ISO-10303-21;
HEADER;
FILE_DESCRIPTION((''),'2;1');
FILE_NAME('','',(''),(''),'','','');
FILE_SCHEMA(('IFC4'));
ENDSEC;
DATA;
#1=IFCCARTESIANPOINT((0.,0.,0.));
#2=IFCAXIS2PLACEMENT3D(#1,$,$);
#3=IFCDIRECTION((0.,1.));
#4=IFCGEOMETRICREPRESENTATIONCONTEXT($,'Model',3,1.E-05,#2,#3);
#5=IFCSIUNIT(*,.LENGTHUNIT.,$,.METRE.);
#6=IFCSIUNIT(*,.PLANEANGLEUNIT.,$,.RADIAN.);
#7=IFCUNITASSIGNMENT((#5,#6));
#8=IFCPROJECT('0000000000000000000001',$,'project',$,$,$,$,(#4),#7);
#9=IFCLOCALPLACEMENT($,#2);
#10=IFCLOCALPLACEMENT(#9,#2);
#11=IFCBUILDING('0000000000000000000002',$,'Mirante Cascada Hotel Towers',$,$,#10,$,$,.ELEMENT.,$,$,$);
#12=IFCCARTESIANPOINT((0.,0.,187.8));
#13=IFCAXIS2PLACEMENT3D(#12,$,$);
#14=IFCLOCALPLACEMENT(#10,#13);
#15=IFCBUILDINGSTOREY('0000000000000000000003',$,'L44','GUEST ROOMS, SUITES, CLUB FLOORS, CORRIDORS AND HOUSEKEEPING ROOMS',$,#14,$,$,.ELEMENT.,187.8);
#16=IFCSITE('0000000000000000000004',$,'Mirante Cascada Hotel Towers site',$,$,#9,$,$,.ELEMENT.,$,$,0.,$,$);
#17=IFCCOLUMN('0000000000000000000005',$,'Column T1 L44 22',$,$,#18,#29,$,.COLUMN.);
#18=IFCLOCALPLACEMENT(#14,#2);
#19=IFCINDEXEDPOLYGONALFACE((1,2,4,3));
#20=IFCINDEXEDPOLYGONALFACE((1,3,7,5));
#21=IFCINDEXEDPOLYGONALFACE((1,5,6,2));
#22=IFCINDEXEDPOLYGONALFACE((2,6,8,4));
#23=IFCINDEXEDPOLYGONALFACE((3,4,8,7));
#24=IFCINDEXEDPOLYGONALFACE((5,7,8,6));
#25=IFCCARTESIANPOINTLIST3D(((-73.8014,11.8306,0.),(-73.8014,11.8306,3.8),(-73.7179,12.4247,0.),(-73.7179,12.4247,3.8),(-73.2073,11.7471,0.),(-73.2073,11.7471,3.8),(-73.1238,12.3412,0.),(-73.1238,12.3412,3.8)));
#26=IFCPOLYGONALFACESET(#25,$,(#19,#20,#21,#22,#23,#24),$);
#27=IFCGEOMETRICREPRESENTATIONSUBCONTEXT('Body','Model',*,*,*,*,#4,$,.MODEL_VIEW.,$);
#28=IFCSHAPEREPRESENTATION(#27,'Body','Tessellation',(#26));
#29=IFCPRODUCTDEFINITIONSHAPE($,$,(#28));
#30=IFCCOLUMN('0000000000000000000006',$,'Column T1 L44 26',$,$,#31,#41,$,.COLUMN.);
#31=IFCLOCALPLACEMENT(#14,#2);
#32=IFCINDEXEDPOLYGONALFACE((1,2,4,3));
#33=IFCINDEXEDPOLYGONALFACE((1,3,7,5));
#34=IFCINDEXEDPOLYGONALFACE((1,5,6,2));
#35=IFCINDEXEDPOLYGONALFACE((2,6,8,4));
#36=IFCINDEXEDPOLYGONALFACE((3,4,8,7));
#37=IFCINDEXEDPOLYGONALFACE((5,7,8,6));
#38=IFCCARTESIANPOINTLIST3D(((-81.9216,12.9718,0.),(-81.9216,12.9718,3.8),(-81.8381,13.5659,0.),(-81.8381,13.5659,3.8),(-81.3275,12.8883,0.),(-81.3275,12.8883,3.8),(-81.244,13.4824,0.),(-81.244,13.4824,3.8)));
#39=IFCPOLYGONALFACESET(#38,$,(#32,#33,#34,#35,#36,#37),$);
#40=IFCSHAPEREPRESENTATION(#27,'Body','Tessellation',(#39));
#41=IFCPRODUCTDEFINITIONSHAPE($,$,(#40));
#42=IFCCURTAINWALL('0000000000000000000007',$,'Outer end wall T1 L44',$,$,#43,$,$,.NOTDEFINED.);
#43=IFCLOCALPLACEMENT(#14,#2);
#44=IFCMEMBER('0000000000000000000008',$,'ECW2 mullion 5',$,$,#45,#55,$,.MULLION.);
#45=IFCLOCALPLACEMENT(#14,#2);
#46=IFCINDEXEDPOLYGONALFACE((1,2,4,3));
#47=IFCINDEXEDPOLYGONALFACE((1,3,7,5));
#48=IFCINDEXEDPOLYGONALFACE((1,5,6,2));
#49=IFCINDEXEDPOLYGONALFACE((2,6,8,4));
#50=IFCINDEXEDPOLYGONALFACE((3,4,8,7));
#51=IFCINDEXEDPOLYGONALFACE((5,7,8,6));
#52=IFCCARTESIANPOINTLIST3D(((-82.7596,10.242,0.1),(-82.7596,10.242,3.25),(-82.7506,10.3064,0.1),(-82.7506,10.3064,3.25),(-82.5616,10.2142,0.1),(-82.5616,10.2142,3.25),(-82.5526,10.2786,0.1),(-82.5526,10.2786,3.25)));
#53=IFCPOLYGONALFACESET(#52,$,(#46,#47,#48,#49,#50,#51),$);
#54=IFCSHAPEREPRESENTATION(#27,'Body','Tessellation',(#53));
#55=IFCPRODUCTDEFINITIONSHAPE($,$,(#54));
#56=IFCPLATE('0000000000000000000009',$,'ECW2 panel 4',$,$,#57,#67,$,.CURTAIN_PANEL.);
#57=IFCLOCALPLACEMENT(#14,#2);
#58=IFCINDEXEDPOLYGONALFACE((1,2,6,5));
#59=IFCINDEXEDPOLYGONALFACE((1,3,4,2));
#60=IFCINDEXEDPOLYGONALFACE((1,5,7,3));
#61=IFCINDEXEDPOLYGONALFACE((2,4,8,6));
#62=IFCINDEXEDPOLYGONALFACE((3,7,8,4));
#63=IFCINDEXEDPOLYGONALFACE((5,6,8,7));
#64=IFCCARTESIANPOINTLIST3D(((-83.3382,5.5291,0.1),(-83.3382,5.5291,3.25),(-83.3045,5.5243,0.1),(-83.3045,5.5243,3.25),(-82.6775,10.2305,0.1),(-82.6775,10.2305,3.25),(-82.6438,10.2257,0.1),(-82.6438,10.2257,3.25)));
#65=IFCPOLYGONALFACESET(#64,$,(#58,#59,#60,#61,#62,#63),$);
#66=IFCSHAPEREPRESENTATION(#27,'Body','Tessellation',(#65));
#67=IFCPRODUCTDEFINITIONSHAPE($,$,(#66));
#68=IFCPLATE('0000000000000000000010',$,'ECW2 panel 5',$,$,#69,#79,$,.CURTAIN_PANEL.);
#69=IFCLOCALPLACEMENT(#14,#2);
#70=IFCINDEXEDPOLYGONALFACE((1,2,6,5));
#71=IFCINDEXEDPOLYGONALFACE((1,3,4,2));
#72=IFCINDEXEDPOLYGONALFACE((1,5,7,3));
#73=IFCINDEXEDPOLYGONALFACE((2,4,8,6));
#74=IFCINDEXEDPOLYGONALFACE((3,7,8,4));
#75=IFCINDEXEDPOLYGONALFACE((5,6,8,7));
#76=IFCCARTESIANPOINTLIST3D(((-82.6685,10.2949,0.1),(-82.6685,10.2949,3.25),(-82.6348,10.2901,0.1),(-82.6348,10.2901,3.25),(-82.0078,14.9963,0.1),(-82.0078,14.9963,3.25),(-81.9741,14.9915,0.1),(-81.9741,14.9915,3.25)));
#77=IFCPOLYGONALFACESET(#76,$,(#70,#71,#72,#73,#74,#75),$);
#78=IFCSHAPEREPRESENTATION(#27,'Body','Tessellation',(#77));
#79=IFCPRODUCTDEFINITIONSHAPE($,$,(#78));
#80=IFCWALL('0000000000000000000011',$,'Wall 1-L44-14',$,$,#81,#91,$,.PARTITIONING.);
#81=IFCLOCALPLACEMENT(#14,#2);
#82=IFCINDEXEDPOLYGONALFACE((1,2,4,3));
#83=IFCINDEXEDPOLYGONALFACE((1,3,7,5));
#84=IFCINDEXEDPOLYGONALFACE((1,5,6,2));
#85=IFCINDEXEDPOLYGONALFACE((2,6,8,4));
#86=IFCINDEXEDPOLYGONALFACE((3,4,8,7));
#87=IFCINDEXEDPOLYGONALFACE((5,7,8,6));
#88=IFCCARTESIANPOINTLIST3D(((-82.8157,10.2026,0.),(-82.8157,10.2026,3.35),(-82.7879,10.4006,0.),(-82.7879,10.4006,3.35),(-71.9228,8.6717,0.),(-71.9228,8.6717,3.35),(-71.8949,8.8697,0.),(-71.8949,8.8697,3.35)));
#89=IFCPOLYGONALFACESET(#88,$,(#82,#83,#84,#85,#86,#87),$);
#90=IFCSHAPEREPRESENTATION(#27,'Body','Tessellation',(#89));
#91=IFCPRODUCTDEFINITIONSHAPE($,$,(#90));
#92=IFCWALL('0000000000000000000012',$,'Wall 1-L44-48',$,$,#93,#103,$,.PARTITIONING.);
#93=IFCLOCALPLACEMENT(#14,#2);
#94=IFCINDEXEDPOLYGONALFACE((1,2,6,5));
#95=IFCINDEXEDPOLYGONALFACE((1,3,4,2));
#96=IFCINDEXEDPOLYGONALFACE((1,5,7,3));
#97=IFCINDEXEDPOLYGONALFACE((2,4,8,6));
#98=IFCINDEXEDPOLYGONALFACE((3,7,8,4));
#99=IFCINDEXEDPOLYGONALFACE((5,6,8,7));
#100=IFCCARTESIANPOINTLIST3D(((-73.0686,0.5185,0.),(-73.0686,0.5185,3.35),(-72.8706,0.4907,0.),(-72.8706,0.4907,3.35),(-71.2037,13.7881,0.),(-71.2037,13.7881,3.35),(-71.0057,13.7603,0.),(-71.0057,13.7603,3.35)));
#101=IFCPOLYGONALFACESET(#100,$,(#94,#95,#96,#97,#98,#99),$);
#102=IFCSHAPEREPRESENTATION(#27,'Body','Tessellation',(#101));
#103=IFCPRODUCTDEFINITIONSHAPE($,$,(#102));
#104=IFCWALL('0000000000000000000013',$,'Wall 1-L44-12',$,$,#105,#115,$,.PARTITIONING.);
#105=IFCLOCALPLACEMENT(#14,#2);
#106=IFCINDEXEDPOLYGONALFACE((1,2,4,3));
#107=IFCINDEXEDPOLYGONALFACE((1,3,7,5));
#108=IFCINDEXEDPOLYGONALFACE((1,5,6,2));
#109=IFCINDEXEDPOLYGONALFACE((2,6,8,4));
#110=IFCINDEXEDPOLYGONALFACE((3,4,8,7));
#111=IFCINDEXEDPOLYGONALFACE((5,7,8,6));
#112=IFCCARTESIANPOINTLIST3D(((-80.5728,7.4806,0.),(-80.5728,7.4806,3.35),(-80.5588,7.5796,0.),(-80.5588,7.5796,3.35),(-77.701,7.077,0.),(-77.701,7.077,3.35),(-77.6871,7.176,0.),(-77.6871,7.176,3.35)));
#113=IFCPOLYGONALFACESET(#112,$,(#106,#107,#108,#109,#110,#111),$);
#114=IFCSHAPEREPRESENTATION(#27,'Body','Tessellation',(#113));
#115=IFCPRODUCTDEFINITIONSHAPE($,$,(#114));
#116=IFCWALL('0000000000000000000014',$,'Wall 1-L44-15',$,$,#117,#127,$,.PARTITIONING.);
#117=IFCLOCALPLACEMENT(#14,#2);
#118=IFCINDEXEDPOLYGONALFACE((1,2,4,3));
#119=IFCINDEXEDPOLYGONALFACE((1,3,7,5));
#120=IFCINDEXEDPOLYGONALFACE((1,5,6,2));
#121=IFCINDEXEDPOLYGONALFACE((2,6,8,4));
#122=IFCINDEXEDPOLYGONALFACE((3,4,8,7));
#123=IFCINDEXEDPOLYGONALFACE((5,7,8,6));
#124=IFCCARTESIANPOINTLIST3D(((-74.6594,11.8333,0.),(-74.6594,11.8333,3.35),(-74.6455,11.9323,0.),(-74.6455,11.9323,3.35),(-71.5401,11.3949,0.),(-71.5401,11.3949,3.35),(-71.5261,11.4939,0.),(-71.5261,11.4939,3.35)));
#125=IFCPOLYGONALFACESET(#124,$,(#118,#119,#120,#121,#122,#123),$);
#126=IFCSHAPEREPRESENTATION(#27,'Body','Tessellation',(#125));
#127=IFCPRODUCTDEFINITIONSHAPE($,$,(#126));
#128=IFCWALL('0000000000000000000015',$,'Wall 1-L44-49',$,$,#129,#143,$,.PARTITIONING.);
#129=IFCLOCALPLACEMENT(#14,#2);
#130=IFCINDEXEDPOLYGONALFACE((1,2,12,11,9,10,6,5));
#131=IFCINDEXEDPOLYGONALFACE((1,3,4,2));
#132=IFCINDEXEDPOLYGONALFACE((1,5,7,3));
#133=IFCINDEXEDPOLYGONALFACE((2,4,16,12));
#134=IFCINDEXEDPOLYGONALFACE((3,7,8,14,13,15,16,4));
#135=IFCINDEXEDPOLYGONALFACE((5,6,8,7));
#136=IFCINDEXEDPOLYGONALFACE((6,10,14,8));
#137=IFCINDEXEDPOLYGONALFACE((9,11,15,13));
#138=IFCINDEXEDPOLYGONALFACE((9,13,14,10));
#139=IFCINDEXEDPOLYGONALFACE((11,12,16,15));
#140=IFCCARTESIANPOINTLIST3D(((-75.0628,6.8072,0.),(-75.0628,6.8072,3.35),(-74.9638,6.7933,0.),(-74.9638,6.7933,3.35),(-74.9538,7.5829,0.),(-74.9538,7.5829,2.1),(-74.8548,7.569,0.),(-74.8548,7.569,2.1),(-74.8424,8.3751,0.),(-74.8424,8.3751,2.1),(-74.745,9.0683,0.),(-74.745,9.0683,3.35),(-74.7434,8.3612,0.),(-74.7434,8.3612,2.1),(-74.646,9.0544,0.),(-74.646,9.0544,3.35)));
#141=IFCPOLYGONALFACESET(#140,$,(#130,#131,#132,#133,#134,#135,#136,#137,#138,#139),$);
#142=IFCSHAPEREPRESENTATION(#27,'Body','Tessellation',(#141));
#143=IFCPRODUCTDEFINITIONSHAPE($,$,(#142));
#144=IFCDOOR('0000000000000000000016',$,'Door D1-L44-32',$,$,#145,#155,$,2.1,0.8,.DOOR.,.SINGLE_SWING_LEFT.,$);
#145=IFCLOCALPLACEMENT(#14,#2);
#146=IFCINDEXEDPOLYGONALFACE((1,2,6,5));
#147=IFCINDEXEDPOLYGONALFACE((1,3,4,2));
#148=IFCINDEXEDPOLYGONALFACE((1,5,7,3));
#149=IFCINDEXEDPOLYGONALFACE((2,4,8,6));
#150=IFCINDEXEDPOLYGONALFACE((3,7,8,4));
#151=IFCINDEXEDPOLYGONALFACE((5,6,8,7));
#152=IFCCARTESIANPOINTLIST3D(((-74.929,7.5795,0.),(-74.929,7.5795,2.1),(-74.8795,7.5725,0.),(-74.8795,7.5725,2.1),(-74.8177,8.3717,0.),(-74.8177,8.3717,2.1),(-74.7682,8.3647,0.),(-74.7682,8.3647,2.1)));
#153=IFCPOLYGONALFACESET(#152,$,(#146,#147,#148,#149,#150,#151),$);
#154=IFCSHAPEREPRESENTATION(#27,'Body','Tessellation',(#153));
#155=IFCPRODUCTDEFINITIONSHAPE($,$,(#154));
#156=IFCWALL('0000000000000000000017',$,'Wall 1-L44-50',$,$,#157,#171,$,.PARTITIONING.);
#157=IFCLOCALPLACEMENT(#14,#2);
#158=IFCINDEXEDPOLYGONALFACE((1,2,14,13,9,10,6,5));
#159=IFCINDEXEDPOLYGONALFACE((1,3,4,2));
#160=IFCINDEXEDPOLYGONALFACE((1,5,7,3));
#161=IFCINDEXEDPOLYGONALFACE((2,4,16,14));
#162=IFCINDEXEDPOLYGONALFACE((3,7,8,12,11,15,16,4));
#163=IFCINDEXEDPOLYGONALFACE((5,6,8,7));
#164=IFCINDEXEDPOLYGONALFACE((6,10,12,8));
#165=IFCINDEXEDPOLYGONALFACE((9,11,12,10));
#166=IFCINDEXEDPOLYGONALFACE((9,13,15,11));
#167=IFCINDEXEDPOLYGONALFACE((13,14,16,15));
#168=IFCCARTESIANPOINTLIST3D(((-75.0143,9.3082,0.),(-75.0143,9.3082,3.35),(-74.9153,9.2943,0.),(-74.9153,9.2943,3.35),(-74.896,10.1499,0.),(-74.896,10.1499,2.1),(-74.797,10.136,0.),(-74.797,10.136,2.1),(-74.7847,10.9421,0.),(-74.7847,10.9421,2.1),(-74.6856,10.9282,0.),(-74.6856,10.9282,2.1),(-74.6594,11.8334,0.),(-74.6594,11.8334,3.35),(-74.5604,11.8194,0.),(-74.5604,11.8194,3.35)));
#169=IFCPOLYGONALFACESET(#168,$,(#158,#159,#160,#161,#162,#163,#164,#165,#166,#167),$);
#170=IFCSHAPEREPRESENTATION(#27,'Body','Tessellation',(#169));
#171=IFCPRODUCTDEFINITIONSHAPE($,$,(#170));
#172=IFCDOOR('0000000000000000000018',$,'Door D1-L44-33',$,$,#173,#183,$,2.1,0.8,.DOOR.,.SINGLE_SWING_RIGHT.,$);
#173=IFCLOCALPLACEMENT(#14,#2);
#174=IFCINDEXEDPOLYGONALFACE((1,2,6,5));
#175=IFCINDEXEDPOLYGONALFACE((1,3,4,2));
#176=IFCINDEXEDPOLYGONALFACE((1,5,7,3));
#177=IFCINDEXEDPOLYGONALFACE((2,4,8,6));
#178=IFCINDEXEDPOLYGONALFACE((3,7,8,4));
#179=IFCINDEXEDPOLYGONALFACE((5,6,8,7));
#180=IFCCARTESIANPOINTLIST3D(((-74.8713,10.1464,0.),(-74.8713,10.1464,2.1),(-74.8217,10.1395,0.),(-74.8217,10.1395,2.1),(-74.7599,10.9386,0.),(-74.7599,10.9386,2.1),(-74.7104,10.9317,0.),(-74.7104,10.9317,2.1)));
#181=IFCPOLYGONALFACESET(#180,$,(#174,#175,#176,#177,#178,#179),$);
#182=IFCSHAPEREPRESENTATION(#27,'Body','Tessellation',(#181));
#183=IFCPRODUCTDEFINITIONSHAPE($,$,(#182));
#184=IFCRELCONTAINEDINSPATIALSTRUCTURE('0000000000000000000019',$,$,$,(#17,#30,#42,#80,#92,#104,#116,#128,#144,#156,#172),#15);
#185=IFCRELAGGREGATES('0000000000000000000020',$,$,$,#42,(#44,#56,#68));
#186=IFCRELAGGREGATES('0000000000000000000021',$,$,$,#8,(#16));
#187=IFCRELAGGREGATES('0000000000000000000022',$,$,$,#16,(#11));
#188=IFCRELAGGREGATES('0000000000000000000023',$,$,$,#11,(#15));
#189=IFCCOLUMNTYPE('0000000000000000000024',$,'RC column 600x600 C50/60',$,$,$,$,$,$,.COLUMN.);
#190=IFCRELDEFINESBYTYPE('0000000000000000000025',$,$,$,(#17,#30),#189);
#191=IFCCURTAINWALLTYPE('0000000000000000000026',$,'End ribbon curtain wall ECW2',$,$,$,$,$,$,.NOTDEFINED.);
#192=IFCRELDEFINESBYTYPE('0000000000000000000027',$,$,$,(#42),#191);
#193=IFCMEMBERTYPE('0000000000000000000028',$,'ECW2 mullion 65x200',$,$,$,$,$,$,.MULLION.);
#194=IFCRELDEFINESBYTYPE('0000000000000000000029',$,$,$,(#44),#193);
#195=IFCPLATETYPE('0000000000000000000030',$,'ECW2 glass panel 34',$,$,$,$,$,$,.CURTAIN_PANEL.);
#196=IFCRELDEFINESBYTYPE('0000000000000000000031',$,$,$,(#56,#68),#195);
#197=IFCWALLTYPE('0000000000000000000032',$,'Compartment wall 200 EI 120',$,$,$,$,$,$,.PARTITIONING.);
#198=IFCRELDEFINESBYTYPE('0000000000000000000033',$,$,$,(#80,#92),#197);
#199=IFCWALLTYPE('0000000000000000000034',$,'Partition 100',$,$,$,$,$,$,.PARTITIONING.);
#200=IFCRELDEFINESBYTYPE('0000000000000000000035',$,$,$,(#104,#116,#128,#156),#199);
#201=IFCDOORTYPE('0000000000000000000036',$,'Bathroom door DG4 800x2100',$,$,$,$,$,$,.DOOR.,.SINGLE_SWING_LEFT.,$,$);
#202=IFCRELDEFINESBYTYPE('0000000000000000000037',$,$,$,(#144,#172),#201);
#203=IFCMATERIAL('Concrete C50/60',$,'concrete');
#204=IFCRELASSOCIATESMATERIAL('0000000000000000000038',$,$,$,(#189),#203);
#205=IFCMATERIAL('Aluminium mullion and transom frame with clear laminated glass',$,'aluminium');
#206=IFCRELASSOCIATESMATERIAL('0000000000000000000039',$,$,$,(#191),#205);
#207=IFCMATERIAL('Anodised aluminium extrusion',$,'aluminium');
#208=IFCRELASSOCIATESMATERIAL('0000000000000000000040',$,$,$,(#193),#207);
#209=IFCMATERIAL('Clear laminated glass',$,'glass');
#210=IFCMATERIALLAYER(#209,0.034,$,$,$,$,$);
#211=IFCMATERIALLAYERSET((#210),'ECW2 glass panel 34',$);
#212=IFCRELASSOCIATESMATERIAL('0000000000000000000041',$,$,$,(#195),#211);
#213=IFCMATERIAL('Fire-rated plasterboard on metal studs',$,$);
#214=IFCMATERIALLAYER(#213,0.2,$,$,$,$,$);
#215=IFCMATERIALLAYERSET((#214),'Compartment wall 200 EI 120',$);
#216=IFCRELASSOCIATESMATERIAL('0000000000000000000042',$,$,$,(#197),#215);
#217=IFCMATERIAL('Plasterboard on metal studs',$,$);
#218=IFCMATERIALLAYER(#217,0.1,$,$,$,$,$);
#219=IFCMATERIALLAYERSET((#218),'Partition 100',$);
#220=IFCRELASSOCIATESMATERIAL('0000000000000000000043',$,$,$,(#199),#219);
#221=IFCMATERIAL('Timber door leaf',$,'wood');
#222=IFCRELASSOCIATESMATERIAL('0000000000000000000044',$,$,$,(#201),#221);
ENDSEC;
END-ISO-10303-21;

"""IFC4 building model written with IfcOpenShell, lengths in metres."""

from ifc_helpers import new_model, si_unit, direction, frame, frame_2d, origin, origin_2d, place, context, subcontext, project, spatial, rectangle, extrude, material, layer, layer_set, material_profile, profile_set, type_object, element, fill, aggregate, save


model = new_model("IFC4")

# Units and contexts
model_context = context("Model", 3, precision=1e-05, world=origin(), true_north=direction((0.0, 1.0)))
body_context = subcontext(model_context, "Body", "Model", "MODEL_VIEW")
ifc_project = project(units=[si_unit("LENGTHUNIT", "METRE"), si_unit("PLANEANGLEUNIT", "RADIAN")], contexts=[model_context])

# Site, building, storey
site_placement = place(None, origin())
site = spatial("IfcSite", under=ifc_project, at=site_placement, Name="Mirante Cascada Hotel Towers site", CompositionType="ELEMENT", RefElevation=0.0)
building_placement = place(site_placement, origin())
building = spatial("IfcBuilding", under=site, at=building_placement, Name="Mirante Cascada Hotel Towers", CompositionType="ELEMENT")
storey_placement = place(building_placement, frame((0.0, 0.0, 187.8)))
storey = spatial("IfcBuildingStorey", under=building, at=storey_placement, Name="L44", Description="GUEST ROOMS, SUITES, CLUB FLOORS, CORRIDORS AND HOUSEKEEPING ROOMS", CompositionType="ELEMENT", Elevation=187.8)

# Columns
ifc_material_1 = material(Name="Concrete C50/60", Category="concrete")
ifc_material_profile_1 = material_profile(ifc_material_1, rectangle(XDim=0.6, YDim=0.6, at=origin_2d()), Name="RC column 600x600 C50/60")
ifc_profile_set_1 = profile_set([ifc_material_profile_1], Name="Concrete C50/60")
column_type = type_object("IfcColumnType", Name="RC column 600x600 C50/60", PredefinedType="COLUMN", material=ifc_profile_set_1)
for number, where, z_axis, x_axis, name in (
    (1, (-73.4626, 12.0859, 0.0), (0.0, 0.0, 1.0), (-0.990268, 0.139173, 0.0), "Column T1 L44 22"),
    (2, (-81.5828, 13.2271, 0.0), (0.0, 0.0, 1.0), (-0.990268, 0.139173, 0.0), "Column T1 L44 26"),
):
    element("IfcColumn", number, at=place(storey_placement, frame(where, z_axis=z_axis, x_axis=x_axis)), inside=storey, type_object=column_type, Name=name, PredefinedType="COLUMN", context=body_context, shape_type="SweptSolid", body=[
        extrude(rectangle(XDim=0.6, YDim=0.6, at=origin_2d()), origin(), (0.0, 0.0, 1.0), 3.8),
    ])

# Curtain wall, member, plates
ifc_material_2 = material(Name="Aluminium mullion and transom frame with clear laminated glass", Category="aluminium")
curtain_wall_type = type_object("IfcCurtainWallType", Name="End ribbon curtain wall ECW2", PredefinedType="NOTDEFINED", material=ifc_material_2)
curtain_wall_placement = place(storey_placement, origin())
curtain_wall = element("IfcCurtainWall", 3, at=curtain_wall_placement, inside=storey, type_object=curtain_wall_type, Name="Outer end wall T1 L44", PredefinedType="NOTDEFINED")
ifc_material_3 = material(Name="Anodised aluminium extrusion", Category="aluminium")
ifc_material_profile_2 = material_profile(ifc_material_3, rectangle(XDim=0.2, YDim=0.065, at=origin_2d()), Name="ECW2 MULLION 65x200")
ifc_profile_set_2 = profile_set([ifc_material_profile_2], Name="Anodised aluminium extrusion")
member_type = type_object("IfcMemberType", Name="ECW2 mullion 65x200", PredefinedType="MULLION", material=ifc_profile_set_2)
member_placement = place(storey_placement, frame((-82.6561, 10.2603, 0.1), z_axis=(0.0, 0.0, 1.0), x_axis=(-0.990268, 0.139173, 0.0)))
member = element("IfcMember", 4, at=member_placement, type_object=member_type, Name="ECW2 mullion 5", PredefinedType="MULLION", context=body_context, shape_type="SweptSolid", body=[
    extrude(rectangle(XDim=0.2, YDim=0.065, at=origin_2d()), origin(), (0.0, 0.0, 1.0), 3.15),
])
ifc_material_4 = material(Name="Clear laminated glass", Category="glass")
ifc_layer_1 = layer(ifc_material_4, 0.034)
ifc_layer_set_1 = layer_set([ifc_layer_1], Name="ECW2 glass panel 34")
plate_type = type_object("IfcPlateType", Name="ECW2 glass panel 34", PredefinedType="CURTAIN_PANEL", material=ifc_layer_set_1)
plate_1_placement = place(storey_placement, frame((-82.991, 7.8774, 0.1), z_axis=(0.0, 0.0, 1.0), x_axis=(0.139173, 0.990268, 0.0)))
plate_1 = element("IfcPlate", 5, at=plate_1_placement, type_object=plate_type, Name="ECW2 panel 4", PredefinedType="CURTAIN_PANEL", context=body_context, shape_type="SweptSolid", body=[
    extrude(rectangle(XDim=4.7476, YDim=0.034, at=origin_2d()), origin(), (0.0, 0.0, 1.0), 3.15),
])
plate_2_placement = place(storey_placement, frame((-82.3213, 12.6432, 0.1), z_axis=(0.0, 0.0, 1.0), x_axis=(0.139173, 0.990268, 0.0)))
plate_2 = element("IfcPlate", 6, at=plate_2_placement, type_object=plate_type, Name="ECW2 panel 5", PredefinedType="CURTAIN_PANEL", context=body_context, shape_type="SweptSolid", body=[
    extrude(rectangle(XDim=4.7476, YDim=0.034, at=origin_2d()), origin(), (0.0, 0.0, 1.0), 3.15),
])
aggregate(curtain_wall, [member, plate_1, plate_2])

# Walls
ifc_material_5 = material(Name="Fire-rated plasterboard on metal studs")
ifc_layer_2 = layer(ifc_material_5, 0.2)
ifc_layer_set_2 = layer_set([ifc_layer_2], Name="Compartment wall 200 EI 120")
wall_type_1 = type_object("IfcWallType", Name="Compartment wall 200 EI 120", PredefinedType="PARTITIONING", material=ifc_layer_set_2)
wall_1_placement = place(storey_placement, frame((-82.8018, 10.3016, 0.0), z_axis=(0.0, 0.0, 1.0), x_axis=(0.990268, -0.139173, 0.0)))
element("IfcWall", 7, at=wall_1_placement, inside=storey, type_object=wall_type_1, Name="Wall 1-L44-14", PredefinedType="PARTITIONING", context=body_context, shape_type="SweptSolid", body=[
    extrude(rectangle(XDim=11.0, YDim=0.2, at=frame_2d((5.5, 0.0))), origin(), (0.0, 0.0, 1.0), 3.35),
])
wall_2_placement = place(storey_placement, frame((-71.1047, 13.7742, 0.0), z_axis=(0.0, 0.0, 1.0), x_axis=(-0.139172, -0.990268, 0.0)))
element("IfcWall", 8, at=wall_2_placement, inside=storey, type_object=wall_type_1, Name="Wall 1-L44-48", PredefinedType="PARTITIONING", context=body_context, shape_type="SweptSolid", body=[
    extrude(rectangle(XDim=13.4, YDim=0.2, at=frame_2d((6.7, 0.0))), origin(), (0.0, 0.0, 1.0), 3.35),
])
ifc_material_6 = material(Name="Plasterboard on metal studs")
ifc_layer_3 = layer(ifc_material_6, 0.1)
ifc_layer_set_3 = layer_set([ifc_layer_3], Name="Partition 100")
wall_type_2 = type_object("IfcWallType", Name="Partition 100", PredefinedType="PARTITIONING", material=ifc_layer_set_3)
wall_3_placement = place(storey_placement, frame((-80.5658, 7.5301, 0.0), z_axis=(0.0, 0.0, 1.0), x_axis=(0.990268, -0.139171, 0.0)))
element("IfcWall", 9, at=wall_3_placement, inside=storey, type_object=wall_type_2, Name="Wall 1-L44-12", PredefinedType="PARTITIONING", context=body_context, shape_type="SweptSolid", body=[
    extrude(rectangle(XDim=2.9, YDim=0.1, at=frame_2d((1.45, 0.0))), origin(), (0.0, 0.0, 1.0), 3.35),
])
wall_4_placement = place(storey_placement, frame((-71.5331, 11.4444, 0.0), z_axis=(0.0, 0.0, 1.0), x_axis=(-0.990268, 0.139177, 0.0)))
element("IfcWall", 10, at=wall_4_placement, inside=storey, type_object=wall_type_2, Name="Wall 1-L44-15", PredefinedType="PARTITIONING", context=body_context, shape_type="SweptSolid", body=[
    extrude(rectangle(XDim=3.15, YDim=0.1, at=frame_2d((1.575, 0.0))), origin(), (0.0, 0.0, 1.0), 3.35),
])

# Walls, openings, doors
wall_5_placement = place(storey_placement, frame((-75.0133, 6.8003, 0.0), z_axis=(0.0, 0.0, 1.0), x_axis=(0.139183, 0.990267, 0.0)))
wall_5 = element("IfcWall", 11, at=wall_5_placement, inside=storey, type_object=wall_type_2, Name="Wall 1-L44-49", PredefinedType="PARTITIONING", context=body_context, shape_type="SweptSolid", body=[
    extrude(rectangle(XDim=2.2833, YDim=0.1, at=frame_2d((1.1416, 0.0))), origin(), (0.0, 0.0, 1.0), 3.35),
])
opening_1_placement = place(wall_5_placement, frame((0.7833, 0.0, 0.0)))
opening_1 = element("IfcOpeningElement", 12, at=opening_1_placement, cuts=wall_5, PredefinedType="OPENING", context=body_context, shape_type="SweptSolid", body=[
    extrude(rectangle(XDim=0.8, YDim=2.1, at=frame_2d((0.4, 1.05))), frame((0.0, 0.05, 0.0), z_axis=(0.0, -1.0, 0.0), x_axis=(1.0, 0.0, 0.0)), (0.0, 0.0, 1.0), 0.1),
])
ifc_material_7 = material(Name="Timber door leaf", Category="wood")
door_type = type_object("IfcDoorType", Name="Bathroom door DG4 800x2100", OperationType="SINGLE_SWING_LEFT", PredefinedType="DOOR", material=ifc_material_7)
door_1_placement = place(opening_1_placement, origin())
door_1 = element("IfcDoor", 13, at=door_1_placement, inside=storey, type_object=door_type, Name="Door D1-L44-32", OperationType="SINGLE_SWING_LEFT", OverallHeight=2.1, OverallWidth=0.8, PredefinedType="DOOR", context=body_context, shape_type="SweptSolid", body=[
    extrude(rectangle(XDim=0.8, YDim=2.1, at=frame_2d((0.4, 1.05))), frame((0.0, 0.025, 0.0), z_axis=(0.0, -1.0, 0.0), x_axis=(1.0, 0.0, 0.0)), (0.0, 0.0, 1.0), 0.05),
])
fill(opening_1, door_1)
wall_6_placement = place(storey_placement, frame((-74.6099, 11.8264, 0.0), z_axis=(0.0, 0.0, 1.0), x_axis=(-0.139176, -0.990268, 0.0)))
wall_6 = element("IfcWall", 14, at=wall_6_placement, inside=storey, type_object=wall_type_2, Name="Wall 1-L44-50", PredefinedType="PARTITIONING", context=body_context, shape_type="SweptSolid", body=[
    extrude(rectangle(XDim=2.55, YDim=0.1, at=frame_2d((1.275, 0.0))), origin(), (0.0, 0.0, 1.0), 3.35),
])
opening_2_placement = place(wall_6_placement, frame((0.9, 0.0, 0.0)))
opening_2 = element("IfcOpeningElement", 15, at=opening_2_placement, cuts=wall_6, PredefinedType="OPENING", context=body_context, shape_type="SweptSolid", body=[
    extrude(rectangle(XDim=0.8, YDim=2.1, at=frame_2d((0.4, 1.05))), frame((0.0, 0.05, 0.0), z_axis=(0.0, -1.0, 0.0), x_axis=(1.0, 0.0, 0.0)), (0.0, 0.0, 1.0), 0.1),
])
door_2_placement = place(opening_2_placement, frame((0.8, 0.0, 0.0), z_axis=(0.0, 0.0, 1.0), x_axis=(-1.0, 0.0, 0.0)))
door_2 = element("IfcDoor", 16, at=door_2_placement, inside=storey, type_object=door_type, Name="Door D1-L44-33", OperationType="SINGLE_SWING_RIGHT", OverallHeight=2.1, OverallWidth=0.8, PredefinedType="DOOR", context=body_context, shape_type="SweptSolid", body=[
    extrude(rectangle(XDim=0.8, YDim=2.1, at=frame_2d((0.4, 1.05))), frame((0.0, 0.025, 0.0), z_axis=(0.0, -1.0, 0.0), x_axis=(1.0, 0.0, 0.0)), (0.0, 0.0, 1.0), 0.05),
])
fill(opening_2, door_2)

save(model, "model.ifc")
